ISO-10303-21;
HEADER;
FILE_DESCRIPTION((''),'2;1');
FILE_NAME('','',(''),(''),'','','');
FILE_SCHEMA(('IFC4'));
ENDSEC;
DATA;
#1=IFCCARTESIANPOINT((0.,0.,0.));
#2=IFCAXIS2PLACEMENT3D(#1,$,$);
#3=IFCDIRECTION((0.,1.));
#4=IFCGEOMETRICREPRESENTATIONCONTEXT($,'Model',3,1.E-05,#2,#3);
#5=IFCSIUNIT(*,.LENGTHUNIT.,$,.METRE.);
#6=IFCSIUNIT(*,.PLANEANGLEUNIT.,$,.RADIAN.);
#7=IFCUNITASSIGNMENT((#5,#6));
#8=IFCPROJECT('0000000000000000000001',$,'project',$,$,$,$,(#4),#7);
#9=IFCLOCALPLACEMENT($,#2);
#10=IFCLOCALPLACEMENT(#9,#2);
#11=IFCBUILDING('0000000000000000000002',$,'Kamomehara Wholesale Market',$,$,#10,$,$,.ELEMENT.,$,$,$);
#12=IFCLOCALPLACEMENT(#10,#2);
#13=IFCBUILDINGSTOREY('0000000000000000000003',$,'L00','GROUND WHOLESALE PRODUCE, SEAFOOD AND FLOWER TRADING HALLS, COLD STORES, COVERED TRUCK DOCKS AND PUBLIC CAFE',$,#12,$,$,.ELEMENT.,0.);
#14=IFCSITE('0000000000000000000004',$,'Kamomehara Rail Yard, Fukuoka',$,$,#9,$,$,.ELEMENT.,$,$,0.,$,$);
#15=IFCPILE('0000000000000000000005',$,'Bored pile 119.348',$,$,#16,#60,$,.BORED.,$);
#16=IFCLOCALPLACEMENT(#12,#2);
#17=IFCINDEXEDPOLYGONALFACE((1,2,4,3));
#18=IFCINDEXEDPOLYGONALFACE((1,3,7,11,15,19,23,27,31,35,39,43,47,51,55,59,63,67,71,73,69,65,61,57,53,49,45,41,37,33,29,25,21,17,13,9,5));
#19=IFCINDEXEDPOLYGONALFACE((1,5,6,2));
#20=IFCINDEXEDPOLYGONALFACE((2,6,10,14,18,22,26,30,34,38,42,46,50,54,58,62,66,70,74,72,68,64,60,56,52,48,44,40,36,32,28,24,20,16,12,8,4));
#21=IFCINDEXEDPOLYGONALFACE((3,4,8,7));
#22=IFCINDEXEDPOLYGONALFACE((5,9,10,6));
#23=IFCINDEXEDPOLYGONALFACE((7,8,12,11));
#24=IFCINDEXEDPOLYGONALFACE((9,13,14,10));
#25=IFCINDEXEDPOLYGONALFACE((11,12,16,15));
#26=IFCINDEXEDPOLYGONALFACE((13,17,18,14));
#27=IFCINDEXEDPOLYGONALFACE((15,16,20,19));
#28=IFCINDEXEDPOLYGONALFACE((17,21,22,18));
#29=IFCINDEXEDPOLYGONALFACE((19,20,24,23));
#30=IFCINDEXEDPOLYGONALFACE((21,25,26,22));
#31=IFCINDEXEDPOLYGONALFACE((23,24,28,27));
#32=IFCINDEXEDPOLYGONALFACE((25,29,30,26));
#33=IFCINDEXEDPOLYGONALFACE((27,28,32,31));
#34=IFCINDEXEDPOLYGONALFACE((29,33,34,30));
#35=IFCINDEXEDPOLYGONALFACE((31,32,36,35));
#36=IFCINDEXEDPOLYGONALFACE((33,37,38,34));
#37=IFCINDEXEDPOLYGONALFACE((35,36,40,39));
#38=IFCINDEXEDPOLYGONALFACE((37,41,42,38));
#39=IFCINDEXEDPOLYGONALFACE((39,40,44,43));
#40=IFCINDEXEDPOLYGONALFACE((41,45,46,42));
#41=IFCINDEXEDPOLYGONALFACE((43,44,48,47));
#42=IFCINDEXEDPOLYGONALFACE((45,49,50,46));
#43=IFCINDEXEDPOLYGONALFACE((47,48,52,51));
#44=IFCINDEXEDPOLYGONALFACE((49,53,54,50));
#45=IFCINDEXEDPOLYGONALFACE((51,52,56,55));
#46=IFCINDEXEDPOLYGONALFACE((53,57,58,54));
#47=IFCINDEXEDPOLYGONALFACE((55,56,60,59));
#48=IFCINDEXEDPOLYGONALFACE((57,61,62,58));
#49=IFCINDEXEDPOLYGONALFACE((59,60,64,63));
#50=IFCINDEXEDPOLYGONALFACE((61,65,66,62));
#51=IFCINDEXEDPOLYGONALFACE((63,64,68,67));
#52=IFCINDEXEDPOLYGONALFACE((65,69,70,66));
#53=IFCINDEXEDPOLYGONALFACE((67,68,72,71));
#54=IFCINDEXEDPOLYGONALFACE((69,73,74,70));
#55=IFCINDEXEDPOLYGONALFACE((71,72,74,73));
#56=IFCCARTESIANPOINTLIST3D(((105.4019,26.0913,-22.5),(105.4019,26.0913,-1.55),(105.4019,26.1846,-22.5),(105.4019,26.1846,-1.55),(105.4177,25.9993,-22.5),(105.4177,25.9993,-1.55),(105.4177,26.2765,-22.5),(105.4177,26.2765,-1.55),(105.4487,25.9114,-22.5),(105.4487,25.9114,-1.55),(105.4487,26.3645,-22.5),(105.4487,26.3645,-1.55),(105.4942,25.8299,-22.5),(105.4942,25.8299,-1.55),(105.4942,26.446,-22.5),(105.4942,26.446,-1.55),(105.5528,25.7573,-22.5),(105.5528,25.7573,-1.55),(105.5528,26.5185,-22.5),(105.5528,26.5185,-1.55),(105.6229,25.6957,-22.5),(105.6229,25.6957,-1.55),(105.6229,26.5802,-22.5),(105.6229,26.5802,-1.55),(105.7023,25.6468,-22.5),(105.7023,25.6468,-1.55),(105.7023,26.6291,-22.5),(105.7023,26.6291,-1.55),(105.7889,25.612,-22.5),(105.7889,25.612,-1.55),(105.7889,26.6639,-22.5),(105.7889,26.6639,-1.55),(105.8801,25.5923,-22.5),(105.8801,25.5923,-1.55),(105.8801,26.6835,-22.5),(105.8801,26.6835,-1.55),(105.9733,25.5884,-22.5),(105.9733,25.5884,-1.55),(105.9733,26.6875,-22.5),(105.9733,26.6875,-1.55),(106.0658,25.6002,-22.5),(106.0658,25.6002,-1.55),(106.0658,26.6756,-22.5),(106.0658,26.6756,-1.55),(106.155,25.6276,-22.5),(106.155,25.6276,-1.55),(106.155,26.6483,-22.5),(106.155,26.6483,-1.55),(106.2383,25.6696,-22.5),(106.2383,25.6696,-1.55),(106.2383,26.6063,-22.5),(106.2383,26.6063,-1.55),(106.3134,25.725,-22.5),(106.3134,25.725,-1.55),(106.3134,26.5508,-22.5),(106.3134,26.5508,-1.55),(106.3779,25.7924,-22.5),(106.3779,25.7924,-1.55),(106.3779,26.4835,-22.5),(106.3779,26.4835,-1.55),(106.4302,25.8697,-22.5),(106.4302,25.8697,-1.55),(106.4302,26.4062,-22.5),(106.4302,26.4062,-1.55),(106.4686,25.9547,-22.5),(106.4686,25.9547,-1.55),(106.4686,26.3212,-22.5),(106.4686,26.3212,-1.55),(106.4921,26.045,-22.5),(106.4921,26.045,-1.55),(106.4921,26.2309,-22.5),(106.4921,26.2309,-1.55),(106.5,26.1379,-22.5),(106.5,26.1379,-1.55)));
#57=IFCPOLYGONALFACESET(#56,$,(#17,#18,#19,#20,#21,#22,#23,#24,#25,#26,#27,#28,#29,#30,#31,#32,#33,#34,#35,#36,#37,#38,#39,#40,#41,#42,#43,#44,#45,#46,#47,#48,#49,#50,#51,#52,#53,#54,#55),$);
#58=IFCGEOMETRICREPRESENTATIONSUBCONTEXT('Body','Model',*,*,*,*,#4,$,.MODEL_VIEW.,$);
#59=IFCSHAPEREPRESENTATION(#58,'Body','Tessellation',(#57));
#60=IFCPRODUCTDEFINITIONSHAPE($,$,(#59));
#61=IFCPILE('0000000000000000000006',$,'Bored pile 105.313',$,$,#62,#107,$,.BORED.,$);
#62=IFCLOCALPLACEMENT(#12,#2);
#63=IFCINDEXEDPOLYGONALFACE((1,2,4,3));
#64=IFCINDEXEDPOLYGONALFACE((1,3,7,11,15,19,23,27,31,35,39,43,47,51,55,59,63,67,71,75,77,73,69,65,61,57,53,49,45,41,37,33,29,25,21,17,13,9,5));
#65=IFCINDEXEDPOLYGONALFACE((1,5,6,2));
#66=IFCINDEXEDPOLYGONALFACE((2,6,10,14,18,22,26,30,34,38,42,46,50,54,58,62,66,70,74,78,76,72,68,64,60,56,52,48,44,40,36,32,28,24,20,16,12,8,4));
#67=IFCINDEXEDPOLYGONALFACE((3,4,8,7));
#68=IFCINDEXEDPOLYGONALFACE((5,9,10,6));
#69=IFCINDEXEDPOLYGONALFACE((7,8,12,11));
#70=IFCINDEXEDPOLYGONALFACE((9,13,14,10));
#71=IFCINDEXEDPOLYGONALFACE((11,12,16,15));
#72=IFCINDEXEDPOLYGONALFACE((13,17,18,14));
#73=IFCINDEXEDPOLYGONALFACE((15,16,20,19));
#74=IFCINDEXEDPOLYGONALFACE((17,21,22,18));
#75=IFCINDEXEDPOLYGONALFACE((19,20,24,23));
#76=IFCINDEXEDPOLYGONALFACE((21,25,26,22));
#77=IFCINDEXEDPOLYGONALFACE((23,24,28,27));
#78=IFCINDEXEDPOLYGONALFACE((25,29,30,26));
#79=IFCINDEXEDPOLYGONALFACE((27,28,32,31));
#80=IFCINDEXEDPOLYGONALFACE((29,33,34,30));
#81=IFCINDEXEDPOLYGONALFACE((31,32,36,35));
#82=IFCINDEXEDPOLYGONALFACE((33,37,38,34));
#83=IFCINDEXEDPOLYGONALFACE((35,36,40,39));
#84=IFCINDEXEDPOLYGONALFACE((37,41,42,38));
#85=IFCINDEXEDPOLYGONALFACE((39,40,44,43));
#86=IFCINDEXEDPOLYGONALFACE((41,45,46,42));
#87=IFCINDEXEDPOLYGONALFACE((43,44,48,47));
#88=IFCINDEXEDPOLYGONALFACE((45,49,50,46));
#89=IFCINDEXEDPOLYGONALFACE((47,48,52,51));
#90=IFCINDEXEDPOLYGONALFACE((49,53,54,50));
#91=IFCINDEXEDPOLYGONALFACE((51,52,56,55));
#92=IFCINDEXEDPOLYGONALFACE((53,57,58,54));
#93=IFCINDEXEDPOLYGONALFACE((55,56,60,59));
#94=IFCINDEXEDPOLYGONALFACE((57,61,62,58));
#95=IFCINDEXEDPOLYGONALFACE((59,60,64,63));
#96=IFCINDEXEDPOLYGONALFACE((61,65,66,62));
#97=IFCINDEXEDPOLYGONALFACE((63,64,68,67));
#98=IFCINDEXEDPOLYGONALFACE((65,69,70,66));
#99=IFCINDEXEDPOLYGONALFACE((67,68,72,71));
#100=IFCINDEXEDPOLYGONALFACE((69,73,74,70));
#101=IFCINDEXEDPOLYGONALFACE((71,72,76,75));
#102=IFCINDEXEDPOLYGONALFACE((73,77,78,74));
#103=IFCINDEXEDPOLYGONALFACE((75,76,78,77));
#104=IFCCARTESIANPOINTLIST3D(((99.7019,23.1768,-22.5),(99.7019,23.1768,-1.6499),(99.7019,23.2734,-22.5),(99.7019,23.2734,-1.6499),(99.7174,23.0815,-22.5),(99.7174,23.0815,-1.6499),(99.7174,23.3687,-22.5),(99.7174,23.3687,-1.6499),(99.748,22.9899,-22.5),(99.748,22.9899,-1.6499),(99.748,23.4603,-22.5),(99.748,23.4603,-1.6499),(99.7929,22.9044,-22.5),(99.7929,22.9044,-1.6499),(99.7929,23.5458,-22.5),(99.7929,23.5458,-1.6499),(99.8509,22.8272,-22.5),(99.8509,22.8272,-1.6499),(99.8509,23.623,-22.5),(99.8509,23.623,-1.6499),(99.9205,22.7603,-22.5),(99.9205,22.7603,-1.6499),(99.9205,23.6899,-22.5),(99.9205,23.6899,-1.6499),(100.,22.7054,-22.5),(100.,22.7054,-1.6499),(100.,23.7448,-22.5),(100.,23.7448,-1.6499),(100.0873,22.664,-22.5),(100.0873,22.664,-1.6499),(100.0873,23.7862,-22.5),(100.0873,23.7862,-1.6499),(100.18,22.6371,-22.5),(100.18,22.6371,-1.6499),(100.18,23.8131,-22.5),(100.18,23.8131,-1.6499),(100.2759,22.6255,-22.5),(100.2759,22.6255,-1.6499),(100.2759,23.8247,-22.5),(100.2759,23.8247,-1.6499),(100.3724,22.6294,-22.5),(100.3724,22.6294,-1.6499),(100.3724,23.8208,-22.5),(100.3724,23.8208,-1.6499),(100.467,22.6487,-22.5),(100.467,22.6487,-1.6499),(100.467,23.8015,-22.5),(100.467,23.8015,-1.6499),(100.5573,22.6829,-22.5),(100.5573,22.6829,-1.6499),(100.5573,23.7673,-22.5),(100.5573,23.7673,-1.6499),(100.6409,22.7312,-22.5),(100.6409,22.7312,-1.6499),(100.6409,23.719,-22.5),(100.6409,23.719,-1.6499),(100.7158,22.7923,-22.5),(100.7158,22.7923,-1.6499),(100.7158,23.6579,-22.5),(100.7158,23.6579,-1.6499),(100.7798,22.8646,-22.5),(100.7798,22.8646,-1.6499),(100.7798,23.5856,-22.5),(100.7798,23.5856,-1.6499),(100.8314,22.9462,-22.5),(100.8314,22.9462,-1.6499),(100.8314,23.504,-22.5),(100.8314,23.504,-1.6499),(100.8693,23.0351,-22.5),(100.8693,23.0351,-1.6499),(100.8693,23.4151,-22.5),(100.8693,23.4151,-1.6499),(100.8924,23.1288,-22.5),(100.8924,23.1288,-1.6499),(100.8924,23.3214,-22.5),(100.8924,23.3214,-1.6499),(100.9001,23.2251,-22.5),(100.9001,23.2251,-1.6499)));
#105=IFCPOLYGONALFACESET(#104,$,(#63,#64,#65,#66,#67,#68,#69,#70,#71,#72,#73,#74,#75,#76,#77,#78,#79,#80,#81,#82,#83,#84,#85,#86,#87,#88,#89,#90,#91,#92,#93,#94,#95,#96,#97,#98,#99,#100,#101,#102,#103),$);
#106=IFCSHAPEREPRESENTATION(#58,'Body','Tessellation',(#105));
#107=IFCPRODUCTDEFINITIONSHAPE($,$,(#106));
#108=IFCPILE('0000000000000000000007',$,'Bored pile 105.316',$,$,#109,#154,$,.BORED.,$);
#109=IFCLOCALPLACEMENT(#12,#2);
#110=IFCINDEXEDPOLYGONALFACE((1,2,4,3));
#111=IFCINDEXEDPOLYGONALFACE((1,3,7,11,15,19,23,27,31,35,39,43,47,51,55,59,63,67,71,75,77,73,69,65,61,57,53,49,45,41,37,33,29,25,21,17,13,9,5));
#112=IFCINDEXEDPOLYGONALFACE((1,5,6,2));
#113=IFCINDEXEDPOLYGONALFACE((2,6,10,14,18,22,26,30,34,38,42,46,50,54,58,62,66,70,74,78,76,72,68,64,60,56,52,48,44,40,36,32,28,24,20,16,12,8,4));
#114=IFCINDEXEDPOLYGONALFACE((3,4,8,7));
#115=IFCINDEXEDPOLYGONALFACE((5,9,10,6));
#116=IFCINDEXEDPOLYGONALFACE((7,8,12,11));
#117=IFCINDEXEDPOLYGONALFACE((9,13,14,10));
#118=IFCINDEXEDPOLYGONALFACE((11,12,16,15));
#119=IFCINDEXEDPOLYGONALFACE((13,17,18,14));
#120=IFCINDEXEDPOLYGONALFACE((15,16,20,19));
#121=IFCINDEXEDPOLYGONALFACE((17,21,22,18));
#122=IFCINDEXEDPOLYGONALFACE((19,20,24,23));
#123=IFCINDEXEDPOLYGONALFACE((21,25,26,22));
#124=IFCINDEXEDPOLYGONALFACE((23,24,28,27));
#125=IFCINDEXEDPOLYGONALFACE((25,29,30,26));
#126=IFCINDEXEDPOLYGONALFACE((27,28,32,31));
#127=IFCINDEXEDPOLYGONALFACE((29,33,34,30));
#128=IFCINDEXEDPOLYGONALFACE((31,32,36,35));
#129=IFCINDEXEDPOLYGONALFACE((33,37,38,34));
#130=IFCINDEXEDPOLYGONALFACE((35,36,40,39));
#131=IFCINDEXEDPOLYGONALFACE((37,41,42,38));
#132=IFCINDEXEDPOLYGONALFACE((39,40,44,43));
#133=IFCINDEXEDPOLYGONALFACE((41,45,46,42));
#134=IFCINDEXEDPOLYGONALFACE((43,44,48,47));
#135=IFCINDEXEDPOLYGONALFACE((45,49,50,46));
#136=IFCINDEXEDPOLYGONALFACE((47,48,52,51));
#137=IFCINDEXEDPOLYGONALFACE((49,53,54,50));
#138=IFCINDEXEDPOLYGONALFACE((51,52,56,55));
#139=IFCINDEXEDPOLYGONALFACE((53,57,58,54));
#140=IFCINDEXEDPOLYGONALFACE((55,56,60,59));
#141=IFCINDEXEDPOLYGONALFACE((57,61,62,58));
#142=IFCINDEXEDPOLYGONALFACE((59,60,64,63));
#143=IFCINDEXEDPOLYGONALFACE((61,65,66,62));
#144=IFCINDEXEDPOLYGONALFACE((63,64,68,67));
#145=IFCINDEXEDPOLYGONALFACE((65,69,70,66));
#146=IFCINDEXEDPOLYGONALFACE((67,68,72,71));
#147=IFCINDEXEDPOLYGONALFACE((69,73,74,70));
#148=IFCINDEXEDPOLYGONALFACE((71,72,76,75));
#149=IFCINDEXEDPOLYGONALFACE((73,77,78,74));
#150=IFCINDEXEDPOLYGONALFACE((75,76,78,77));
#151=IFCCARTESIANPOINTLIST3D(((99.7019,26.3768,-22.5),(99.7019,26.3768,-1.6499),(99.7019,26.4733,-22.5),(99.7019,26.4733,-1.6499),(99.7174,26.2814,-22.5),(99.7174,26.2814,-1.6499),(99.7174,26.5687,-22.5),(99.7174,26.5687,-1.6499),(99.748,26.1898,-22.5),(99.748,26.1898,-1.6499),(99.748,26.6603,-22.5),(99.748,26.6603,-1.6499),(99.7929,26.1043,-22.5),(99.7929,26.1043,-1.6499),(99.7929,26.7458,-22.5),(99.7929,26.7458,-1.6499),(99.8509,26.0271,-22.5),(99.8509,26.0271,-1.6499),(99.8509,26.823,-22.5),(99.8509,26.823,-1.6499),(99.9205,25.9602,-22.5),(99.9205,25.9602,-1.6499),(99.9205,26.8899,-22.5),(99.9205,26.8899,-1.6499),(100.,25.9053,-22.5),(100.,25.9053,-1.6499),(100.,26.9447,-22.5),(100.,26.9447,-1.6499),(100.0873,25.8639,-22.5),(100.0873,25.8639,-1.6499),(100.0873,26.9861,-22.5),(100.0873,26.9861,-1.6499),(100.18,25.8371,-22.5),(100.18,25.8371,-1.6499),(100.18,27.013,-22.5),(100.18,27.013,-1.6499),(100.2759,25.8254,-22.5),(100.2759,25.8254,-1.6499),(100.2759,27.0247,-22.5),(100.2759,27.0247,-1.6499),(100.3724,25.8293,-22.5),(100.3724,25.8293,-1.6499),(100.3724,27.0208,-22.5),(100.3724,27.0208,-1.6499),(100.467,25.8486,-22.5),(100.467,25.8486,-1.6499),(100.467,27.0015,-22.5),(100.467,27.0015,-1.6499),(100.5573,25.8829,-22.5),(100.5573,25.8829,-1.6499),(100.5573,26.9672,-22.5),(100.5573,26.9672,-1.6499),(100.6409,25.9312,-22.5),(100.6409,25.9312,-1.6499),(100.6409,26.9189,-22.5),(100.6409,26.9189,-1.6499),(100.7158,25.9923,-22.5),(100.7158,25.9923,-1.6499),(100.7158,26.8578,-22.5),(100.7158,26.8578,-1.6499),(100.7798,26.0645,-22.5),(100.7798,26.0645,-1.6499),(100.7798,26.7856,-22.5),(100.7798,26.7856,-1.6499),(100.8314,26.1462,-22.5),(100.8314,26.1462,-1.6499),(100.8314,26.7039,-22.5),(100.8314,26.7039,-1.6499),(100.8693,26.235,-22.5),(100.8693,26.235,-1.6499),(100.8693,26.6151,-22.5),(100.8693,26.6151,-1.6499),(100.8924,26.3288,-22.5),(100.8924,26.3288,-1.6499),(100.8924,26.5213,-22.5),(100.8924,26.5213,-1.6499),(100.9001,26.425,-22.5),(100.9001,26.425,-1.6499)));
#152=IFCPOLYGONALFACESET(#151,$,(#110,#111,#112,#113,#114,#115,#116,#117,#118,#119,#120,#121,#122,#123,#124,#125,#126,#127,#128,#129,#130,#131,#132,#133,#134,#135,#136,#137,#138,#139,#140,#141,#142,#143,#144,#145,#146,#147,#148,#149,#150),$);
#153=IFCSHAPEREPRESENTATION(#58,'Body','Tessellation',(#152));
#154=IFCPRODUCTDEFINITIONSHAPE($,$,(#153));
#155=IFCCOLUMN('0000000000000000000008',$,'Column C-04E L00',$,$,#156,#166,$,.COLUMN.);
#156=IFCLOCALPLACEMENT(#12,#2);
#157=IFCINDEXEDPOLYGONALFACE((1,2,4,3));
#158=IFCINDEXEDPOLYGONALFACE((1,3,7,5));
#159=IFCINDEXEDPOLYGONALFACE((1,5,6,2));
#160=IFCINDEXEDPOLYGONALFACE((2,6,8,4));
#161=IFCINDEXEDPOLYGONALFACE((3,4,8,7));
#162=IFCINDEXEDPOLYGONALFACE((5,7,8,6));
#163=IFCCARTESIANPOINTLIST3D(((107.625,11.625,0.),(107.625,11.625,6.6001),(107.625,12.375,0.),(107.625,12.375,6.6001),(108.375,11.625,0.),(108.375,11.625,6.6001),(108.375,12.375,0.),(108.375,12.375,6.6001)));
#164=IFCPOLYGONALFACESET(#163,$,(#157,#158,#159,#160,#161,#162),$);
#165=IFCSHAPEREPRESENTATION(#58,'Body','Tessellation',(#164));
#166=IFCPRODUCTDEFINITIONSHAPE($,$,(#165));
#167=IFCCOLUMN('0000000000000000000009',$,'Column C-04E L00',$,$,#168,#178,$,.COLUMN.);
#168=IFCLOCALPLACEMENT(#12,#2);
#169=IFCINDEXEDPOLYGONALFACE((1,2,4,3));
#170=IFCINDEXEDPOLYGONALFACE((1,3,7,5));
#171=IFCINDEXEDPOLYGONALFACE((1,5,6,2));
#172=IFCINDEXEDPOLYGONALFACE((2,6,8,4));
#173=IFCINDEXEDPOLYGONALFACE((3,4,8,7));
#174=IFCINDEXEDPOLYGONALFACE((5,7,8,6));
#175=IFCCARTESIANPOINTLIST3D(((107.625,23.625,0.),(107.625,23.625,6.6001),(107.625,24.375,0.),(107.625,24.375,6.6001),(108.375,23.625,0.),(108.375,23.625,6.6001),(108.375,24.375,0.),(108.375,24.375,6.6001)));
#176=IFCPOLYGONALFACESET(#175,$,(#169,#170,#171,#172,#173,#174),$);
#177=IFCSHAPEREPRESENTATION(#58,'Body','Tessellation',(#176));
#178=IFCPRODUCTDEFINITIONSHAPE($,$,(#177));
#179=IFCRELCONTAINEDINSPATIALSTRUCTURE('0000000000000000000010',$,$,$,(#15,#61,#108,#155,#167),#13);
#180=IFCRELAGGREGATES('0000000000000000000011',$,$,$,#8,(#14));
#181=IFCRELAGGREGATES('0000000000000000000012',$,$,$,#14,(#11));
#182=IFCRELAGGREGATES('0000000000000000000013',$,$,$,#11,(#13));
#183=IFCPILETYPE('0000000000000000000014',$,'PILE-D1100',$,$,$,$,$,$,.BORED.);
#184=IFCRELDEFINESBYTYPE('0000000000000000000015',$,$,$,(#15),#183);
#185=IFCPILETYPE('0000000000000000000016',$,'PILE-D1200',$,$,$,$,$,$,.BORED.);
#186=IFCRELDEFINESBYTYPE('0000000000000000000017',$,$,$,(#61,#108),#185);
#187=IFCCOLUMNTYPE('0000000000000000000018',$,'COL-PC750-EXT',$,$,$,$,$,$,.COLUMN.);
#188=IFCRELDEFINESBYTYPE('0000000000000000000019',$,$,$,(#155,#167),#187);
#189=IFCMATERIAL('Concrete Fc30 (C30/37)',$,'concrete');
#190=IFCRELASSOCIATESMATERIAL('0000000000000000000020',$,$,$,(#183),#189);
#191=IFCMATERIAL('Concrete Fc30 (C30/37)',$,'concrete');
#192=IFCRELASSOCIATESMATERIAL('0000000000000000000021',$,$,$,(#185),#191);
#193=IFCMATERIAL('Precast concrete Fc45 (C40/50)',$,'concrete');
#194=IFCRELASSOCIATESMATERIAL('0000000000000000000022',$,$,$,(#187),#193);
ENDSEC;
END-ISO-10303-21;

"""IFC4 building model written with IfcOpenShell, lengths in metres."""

from ifc_helpers import new_model, si_unit, direction, frame, origin, origin_2d, place, context, subcontext, project, spatial, rectangle, circle, extrude, material, material_profile, profile_set, type_object, element, save


model = new_model("IFC4")

# Units and contexts
model_context = context("Model", 3, precision=1e-05, world=origin(), true_north=direction((0.0, 1.0)))
body_context = subcontext(model_context, "Body", "Model", "MODEL_VIEW")
ifc_project = project(units=[si_unit("LENGTHUNIT", "METRE"), si_unit("PLANEANGLEUNIT", "RADIAN")], contexts=[model_context])

# Site, building, storey
site_placement = place(None, origin())
site = spatial("IfcSite", under=ifc_project, at=site_placement, Name="Kamomehara Rail Yard, Fukuoka", CompositionType="ELEMENT", RefElevation=0.0)
building_placement = place(site_placement, origin())
building = spatial("IfcBuilding", under=site, at=building_placement, Name="Kamomehara Wholesale Market", CompositionType="ELEMENT")
storey_placement = place(building_placement, origin())
storey = spatial("IfcBuildingStorey", under=building, at=storey_placement, Name="L00", Description="GROUND WHOLESALE PRODUCE, SEAFOOD AND FLOWER TRADING HALLS, COLD STORES, COVERED TRUCK DOCKS AND PUBLIC CAFE", CompositionType="ELEMENT", Elevation=0.0)

# Piles
ifc_material_1 = material(Name="Concrete Fc30 (C30/37)", Category="concrete")
ifc_material_profile_1 = material_profile(ifc_material_1, circle(Radius=0.55, at=origin_2d()), Name="RC-PILE-D1100")
ifc_profile_set_1 = profile_set([ifc_material_profile_1], Name="Concrete Fc30 (C30/37)")
pile_type_1 = type_object("IfcPileType", Name="PILE-D1100", PredefinedType="BORED", material=ifc_profile_set_1)
for number, where, z_axis, x_axis, name in (
    (1, (105.95, 26.1379, -1.55), (0.0, 0.0, -1.0), (1.0, 0.0, 0.0), "Bored pile 119.348"),
):
    element("IfcPile", number, at=place(storey_placement, frame(where, z_axis=z_axis, x_axis=x_axis)), inside=storey, type_object=pile_type_1, Name=name, PredefinedType="BORED", context=body_context, shape_type="SweptSolid", body=[
        extrude(circle(Radius=0.55, at=origin_2d()), origin(), (0.0, 0.0, 1.0), 20.95),
    ])
ifc_material_2 = material(Name="Concrete Fc30 (C30/37)", Category="concrete")
ifc_material_profile_2 = material_profile(ifc_material_2, circle(Radius=0.6001, at=origin_2d()), Name="RC-PILE-D1200")
ifc_profile_set_2 = profile_set([ifc_material_profile_2], Name="Concrete Fc30 (C30/37)")
pile_type_2 = type_object("IfcPileType", Name="PILE-D1200", PredefinedType="BORED", material=ifc_profile_set_2)
for number, where, z_axis, x_axis, name in (
    (2, (100.3, 23.2251, -1.6499), (0.0, 0.0, -1.0), (1.0, 0.0, 0.0), "Bored pile 105.313"),
    (3, (100.3, 26.425, -1.6499), (0.0, 0.0, -1.0), (1.0, 0.0, 0.0), "Bored pile 105.316"),
):
    element("IfcPile", number, at=place(storey_placement, frame(where, z_axis=z_axis, x_axis=x_axis)), inside=storey, type_object=pile_type_2, Name=name, PredefinedType="BORED", context=body_context, shape_type="SweptSolid", body=[
        extrude(circle(Radius=0.6001, at=origin_2d()), origin(), (0.0, 0.0, 1.0), 20.8501),
    ])

# Columns
ifc_material_3 = material(Name="Precast concrete Fc45 (C40/50)", Category="concrete")
ifc_material_profile_3 = material_profile(ifc_material_3, rectangle(XDim=0.75, YDim=0.75, at=origin_2d()), Name="PC-COL-750x750")
ifc_profile_set_3 = profile_set([ifc_material_profile_3], Name="Precast concrete Fc45 (C40/50)")
column_type = type_object("IfcColumnType", Name="COL-PC750-EXT", PredefinedType="COLUMN", material=ifc_profile_set_3)
for number, where, z_axis, x_axis, name in (
    (4, (108.0, 12.0, 0.0), (0.0, 0.0, 1.0), (1.0, 0.0, 0.0), "Column C-04E L00"),
    (5, (108.0, 24.0, 0.0), (0.0, 0.0, 1.0), (1.0, 0.0, 0.0), "Column C-04E L00"),
):
    element("IfcColumn", number, at=place(storey_placement, frame(where, z_axis=z_axis, x_axis=x_axis)), inside=storey, type_object=column_type, Name=name, PredefinedType="COLUMN", context=body_context, shape_type="SweptSolid", body=[
        extrude(rectangle(XDim=0.75, YDim=0.75, at=origin_2d()), origin(), (0.0, 0.0, 1.0), 6.6001),
    ])

save(model, "model.ifc")
